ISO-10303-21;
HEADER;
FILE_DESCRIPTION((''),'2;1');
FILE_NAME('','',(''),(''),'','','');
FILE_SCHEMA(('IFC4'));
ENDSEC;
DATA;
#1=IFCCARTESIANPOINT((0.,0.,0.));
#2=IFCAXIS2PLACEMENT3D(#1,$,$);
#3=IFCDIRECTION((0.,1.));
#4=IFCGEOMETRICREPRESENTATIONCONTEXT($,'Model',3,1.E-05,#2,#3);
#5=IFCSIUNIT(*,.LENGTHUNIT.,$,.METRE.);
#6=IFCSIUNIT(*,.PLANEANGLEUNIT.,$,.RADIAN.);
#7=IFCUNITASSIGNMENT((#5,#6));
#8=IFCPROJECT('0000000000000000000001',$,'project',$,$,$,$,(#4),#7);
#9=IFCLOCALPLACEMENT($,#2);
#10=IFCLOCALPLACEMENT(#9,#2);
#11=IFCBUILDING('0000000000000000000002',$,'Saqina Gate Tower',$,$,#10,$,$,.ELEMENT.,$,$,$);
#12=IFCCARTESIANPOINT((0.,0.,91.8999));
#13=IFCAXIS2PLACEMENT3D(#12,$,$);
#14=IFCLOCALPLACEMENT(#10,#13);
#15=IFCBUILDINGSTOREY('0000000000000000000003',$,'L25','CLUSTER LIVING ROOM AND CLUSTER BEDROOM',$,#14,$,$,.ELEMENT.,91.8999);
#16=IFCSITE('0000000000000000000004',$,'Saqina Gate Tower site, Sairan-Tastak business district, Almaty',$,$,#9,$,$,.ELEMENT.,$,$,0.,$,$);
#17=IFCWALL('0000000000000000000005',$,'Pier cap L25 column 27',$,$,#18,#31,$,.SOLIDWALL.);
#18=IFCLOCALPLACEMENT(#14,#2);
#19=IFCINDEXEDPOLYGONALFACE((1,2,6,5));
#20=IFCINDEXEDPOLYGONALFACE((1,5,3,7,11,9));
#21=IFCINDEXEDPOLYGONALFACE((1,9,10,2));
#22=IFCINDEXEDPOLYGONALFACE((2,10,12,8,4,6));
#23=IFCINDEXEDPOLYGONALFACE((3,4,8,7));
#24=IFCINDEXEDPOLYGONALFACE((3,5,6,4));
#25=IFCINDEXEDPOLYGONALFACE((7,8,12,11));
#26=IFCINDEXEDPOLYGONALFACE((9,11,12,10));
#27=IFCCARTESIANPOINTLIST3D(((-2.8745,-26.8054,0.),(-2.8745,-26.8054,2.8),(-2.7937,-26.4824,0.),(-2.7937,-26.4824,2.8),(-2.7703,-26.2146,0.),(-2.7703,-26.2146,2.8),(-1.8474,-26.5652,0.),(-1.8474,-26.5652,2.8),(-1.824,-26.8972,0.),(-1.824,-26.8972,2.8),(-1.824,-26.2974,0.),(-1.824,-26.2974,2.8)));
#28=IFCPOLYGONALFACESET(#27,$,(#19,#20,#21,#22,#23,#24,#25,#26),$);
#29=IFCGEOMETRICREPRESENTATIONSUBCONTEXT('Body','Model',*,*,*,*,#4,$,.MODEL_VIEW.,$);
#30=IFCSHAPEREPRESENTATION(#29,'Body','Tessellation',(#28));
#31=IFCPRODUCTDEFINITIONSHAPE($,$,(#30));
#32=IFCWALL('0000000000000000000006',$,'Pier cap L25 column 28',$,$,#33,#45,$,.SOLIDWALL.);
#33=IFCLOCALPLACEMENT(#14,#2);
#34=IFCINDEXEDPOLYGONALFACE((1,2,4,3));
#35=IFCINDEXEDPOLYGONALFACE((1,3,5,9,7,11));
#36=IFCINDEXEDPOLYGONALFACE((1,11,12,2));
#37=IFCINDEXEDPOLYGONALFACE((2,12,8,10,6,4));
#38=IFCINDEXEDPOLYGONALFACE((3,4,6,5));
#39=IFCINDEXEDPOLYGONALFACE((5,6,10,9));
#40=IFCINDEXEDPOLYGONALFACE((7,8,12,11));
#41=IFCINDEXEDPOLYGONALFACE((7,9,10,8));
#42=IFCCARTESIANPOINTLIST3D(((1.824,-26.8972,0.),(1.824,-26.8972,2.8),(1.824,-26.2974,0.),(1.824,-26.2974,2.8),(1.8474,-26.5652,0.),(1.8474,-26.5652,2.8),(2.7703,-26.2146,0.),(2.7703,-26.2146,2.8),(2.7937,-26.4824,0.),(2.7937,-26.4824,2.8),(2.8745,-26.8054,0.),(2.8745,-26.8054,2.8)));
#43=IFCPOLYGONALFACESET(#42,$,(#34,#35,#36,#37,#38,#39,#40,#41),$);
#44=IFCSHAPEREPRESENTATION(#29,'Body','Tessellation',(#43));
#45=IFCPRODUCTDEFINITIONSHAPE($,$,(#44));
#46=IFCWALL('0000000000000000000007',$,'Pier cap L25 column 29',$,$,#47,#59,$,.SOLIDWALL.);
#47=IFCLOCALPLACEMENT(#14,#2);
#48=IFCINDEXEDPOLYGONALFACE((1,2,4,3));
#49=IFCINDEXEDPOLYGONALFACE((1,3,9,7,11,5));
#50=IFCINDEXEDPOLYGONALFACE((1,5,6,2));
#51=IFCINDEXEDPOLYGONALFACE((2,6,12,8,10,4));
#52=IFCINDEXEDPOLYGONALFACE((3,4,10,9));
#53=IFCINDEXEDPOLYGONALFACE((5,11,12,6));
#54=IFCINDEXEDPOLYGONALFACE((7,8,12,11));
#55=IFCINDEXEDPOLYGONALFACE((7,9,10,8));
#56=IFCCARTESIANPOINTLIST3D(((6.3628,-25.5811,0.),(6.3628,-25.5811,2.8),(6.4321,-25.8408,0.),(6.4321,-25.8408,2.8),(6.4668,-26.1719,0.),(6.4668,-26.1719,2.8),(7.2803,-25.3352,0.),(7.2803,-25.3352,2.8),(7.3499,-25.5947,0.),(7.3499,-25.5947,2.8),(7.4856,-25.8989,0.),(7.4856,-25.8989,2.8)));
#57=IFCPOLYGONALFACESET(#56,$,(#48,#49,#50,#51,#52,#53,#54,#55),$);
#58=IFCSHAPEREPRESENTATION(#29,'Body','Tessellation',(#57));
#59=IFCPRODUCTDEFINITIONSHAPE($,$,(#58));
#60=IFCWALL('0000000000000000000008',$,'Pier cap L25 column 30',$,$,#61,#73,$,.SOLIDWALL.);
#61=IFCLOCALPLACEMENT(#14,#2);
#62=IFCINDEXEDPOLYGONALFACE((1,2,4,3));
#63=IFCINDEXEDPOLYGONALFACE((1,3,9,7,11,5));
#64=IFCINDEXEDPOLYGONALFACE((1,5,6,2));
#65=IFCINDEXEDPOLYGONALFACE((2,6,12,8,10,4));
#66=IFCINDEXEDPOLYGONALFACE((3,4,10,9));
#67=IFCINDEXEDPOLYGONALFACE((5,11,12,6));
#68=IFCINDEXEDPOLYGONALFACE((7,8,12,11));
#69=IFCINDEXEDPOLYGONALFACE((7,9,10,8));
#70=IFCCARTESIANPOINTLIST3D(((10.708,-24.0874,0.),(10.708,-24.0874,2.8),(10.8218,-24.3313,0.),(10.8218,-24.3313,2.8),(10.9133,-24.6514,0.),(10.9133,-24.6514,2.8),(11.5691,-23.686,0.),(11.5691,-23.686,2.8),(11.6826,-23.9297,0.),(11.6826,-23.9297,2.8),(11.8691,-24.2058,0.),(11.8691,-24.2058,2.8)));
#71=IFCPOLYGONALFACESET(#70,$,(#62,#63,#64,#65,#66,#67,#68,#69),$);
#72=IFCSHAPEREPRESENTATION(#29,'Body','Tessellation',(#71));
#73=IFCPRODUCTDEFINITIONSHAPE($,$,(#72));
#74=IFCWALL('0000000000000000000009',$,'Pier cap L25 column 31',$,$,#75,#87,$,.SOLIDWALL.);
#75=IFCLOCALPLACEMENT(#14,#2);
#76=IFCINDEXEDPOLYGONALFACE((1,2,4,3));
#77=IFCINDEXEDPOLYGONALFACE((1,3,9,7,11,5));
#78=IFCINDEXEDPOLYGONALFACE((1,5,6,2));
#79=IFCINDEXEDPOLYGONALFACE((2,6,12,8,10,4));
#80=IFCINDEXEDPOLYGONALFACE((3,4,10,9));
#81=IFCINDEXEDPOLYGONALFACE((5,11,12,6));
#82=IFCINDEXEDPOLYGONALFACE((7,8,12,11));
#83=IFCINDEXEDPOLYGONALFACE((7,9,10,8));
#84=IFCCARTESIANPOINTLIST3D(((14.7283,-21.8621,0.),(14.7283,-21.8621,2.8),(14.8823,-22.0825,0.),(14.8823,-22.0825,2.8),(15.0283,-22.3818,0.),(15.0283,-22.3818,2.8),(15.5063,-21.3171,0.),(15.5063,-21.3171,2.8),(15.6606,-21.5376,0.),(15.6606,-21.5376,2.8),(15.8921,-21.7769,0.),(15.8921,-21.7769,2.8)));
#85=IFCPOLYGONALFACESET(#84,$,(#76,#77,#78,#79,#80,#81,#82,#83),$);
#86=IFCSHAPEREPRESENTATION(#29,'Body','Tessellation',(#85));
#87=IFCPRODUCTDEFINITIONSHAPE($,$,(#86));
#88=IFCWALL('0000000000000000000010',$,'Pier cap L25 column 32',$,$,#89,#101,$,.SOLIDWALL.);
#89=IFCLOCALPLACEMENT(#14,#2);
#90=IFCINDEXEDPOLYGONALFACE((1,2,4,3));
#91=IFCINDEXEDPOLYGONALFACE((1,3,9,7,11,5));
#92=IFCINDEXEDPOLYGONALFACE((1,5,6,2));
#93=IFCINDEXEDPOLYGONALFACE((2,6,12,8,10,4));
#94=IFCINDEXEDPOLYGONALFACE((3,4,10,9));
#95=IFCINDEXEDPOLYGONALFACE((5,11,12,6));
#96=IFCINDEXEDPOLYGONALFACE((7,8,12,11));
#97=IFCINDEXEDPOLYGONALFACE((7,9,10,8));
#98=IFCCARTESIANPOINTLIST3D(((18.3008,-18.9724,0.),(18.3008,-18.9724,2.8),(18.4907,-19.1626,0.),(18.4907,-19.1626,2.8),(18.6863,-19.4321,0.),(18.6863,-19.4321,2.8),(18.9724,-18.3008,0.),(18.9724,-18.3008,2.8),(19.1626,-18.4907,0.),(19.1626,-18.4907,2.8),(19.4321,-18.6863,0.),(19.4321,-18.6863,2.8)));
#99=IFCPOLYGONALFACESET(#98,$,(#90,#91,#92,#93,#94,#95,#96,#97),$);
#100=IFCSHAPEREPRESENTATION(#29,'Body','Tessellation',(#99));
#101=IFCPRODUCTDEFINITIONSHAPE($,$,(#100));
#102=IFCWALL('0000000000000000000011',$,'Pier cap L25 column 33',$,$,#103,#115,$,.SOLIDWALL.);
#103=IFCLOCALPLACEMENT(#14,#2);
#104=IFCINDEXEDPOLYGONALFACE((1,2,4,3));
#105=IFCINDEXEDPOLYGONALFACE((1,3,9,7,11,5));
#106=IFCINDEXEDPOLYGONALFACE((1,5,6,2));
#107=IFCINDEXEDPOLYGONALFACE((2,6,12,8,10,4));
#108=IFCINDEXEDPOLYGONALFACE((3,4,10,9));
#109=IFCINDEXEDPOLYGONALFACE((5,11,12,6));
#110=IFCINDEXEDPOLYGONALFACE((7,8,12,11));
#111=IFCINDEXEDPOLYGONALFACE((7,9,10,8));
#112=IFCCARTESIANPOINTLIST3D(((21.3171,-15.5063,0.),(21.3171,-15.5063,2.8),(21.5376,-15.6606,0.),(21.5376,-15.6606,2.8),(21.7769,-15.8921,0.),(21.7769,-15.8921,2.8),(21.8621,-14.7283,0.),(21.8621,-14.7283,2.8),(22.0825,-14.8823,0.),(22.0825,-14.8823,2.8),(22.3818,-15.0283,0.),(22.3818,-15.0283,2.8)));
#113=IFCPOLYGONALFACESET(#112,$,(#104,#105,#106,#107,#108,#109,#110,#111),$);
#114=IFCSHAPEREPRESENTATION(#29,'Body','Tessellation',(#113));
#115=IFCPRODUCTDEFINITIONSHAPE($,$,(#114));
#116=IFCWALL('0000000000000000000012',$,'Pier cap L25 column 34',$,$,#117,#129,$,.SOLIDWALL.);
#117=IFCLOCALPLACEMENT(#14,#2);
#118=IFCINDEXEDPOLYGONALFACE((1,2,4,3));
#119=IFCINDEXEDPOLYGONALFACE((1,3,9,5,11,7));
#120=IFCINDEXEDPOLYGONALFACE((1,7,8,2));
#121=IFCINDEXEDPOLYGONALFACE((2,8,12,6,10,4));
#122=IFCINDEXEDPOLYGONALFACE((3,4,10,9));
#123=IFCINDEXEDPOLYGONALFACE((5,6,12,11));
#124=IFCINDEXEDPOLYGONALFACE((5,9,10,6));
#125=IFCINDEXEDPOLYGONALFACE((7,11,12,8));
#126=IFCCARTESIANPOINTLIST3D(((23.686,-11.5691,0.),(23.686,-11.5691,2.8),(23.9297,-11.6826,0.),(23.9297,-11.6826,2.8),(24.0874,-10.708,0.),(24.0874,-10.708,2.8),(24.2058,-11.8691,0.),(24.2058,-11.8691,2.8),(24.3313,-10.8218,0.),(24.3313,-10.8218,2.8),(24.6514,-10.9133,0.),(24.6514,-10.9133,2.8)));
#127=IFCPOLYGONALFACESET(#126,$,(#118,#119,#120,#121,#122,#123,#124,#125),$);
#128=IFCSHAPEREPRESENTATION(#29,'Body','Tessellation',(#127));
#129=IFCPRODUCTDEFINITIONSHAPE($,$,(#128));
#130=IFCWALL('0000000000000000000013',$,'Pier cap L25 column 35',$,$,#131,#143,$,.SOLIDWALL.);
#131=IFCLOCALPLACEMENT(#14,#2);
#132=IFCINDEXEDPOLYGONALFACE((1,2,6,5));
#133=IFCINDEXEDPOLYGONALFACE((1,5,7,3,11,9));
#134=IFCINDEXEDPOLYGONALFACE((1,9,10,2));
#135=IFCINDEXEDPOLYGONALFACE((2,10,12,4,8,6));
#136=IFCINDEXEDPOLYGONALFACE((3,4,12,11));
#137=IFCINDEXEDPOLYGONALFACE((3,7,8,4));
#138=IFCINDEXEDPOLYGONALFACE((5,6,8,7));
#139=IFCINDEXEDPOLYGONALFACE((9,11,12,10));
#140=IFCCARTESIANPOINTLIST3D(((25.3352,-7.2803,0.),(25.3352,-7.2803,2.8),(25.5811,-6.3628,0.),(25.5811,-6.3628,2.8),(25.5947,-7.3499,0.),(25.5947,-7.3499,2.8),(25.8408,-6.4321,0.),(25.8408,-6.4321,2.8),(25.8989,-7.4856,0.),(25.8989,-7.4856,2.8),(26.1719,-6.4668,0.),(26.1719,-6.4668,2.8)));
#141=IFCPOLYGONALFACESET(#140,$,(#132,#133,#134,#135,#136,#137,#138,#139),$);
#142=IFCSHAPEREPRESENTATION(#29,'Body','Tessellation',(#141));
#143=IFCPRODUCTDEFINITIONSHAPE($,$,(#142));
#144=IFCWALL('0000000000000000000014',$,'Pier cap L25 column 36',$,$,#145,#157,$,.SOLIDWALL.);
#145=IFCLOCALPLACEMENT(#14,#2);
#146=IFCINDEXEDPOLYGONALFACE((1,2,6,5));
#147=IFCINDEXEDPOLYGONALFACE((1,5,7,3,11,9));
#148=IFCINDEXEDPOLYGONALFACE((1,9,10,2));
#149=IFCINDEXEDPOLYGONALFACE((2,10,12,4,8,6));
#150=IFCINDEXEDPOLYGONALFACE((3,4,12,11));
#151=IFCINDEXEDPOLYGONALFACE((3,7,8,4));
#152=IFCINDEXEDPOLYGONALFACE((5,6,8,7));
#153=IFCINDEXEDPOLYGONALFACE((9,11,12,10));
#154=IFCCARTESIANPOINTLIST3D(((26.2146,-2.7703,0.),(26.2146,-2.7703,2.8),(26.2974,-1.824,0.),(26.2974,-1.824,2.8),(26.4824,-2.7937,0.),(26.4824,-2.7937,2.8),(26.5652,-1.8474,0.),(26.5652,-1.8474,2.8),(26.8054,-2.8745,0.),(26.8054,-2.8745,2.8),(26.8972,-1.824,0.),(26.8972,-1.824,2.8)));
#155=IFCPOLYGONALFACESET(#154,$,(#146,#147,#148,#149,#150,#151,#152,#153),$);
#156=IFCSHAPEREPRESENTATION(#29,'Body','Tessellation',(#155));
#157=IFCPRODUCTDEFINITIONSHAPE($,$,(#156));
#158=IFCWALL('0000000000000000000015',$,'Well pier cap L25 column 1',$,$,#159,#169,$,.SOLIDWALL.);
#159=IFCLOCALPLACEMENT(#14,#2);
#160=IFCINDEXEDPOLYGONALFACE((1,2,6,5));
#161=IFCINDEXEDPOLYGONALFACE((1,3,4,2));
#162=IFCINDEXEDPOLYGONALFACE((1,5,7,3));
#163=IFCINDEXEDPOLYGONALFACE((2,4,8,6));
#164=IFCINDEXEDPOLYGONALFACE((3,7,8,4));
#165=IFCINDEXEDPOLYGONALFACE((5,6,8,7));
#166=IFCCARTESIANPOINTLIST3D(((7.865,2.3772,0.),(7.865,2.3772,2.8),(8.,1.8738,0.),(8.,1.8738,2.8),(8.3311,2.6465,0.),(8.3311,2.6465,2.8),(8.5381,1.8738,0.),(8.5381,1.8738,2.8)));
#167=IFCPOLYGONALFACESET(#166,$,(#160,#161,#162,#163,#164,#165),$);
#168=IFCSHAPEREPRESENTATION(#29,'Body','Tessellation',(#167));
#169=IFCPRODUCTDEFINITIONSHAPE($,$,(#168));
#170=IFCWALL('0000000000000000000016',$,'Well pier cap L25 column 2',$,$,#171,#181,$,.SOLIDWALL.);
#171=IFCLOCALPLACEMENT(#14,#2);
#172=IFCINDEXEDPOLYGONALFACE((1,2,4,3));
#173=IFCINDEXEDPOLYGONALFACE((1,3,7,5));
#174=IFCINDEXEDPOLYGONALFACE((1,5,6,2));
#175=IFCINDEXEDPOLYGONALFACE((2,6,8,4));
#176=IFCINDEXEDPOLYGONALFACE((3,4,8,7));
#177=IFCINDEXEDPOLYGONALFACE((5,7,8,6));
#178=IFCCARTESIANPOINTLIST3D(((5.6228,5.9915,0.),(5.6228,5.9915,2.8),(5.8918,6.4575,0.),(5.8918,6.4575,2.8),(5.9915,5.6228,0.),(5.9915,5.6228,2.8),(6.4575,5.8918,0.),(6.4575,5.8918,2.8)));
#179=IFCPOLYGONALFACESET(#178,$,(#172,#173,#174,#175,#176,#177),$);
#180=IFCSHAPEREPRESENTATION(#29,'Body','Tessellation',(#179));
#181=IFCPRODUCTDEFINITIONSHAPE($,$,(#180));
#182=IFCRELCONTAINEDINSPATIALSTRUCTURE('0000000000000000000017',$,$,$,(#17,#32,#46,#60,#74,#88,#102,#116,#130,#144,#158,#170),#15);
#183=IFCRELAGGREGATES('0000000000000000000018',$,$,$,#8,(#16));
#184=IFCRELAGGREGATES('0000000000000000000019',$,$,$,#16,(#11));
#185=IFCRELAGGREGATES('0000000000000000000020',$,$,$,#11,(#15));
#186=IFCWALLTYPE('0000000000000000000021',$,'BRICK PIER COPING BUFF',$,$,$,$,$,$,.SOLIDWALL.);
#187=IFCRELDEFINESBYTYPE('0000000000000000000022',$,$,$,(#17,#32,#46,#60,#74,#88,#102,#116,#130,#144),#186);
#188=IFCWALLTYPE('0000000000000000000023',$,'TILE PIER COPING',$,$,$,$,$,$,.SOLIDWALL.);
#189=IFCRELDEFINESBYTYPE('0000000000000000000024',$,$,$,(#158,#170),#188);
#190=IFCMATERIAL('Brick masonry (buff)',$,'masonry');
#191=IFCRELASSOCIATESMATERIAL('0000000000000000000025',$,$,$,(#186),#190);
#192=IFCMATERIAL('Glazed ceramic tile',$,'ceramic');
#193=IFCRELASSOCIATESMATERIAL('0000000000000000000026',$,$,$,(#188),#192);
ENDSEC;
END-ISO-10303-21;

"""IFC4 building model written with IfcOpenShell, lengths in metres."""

from ifc_helpers import new_model, si_unit, direction, frame, origin, place, context, subcontext, project, spatial, polyline, outline, extrude, material, type_object, element, save


model = new_model("IFC4")

# Units and contexts
model_context = context("Model", 3, precision=1e-05, world=origin(), true_north=direction((0.0, 1.0)))
body_context = subcontext(model_context, "Body", "Model", "MODEL_VIEW")
ifc_project = project(units=[si_unit("LENGTHUNIT", "METRE"), si_unit("PLANEANGLEUNIT", "RADIAN")], contexts=[model_context])

# Site, building, storey
site_placement = place(None, origin())
site = spatial("IfcSite", under=ifc_project, at=site_placement, Name="Saqina Gate Tower site, Sairan-Tastak business district, Almaty", CompositionType="ELEMENT", RefElevation=0.0)
building_placement = place(site_placement, origin())
building = spatial("IfcBuilding", under=site, at=building_placement, Name="Saqina Gate Tower", CompositionType="ELEMENT")
storey_placement = place(building_placement, frame((0.0, 0.0, 91.8999)))
storey = spatial("IfcBuildingStorey", under=building, at=storey_placement, Name="L25", Description="CLUSTER LIVING ROOM AND CLUSTER BEDROOM", CompositionType="ELEMENT", Elevation=91.8999)

# Walls
ifc_material_1 = material(Name="Brick masonry (buff)", Category="masonry")
wall_type_1 = type_object("IfcWallType", Name="BRICK PIER COPING BUFF", PredefinedType="SOLIDWALL", material=ifc_material_1)
wall_1_placement = place(storey_placement, origin())
element("IfcWall", 1, at=wall_1_placement, inside=storey, type_object=wall_type_1, Name="Pier cap L25 column 27", PredefinedType="SOLIDWALL", context=body_context, shape_type="SweptSolid", body=[
    extrude(outline(polyline([(-2.8745, -26.8054), (-1.824, -26.8972), (-1.824, -26.2974), (-1.8474, -26.5652), (-2.7937, -26.4824), (-2.7703, -26.2146), (-2.8745, -26.8054)])), origin(), (0.0, 0.0, 1.0), 2.8),
])
wall_2_placement = place(storey_placement, origin())
element("IfcWall", 2, at=wall_2_placement, inside=storey, type_object=wall_type_1, Name="Pier cap L25 column 28", PredefinedType="SOLIDWALL", context=body_context, shape_type="SweptSolid", body=[
    extrude(outline(polyline([(2.8745, -26.8054), (2.7703, -26.2146), (2.7937, -26.4824), (1.8474, -26.5652), (1.824, -26.2974), (1.824, -26.8972), (2.8745, -26.8054)])), origin(), (0.0, 0.0, 1.0), 2.8),
])
wall_3_placement = place(storey_placement, origin())
element("IfcWall", 3, at=wall_3_placement, inside=storey, type_object=wall_type_1, Name="Pier cap L25 column 29", PredefinedType="SOLIDWALL", context=body_context, shape_type="SweptSolid", body=[
    extrude(outline(polyline([(6.4668, -26.1719), (7.4856, -25.8989), (7.2803, -25.3352), (7.3499, -25.5947), (6.4321, -25.8408), (6.3628, -25.5811), (6.4668, -26.1719)])), origin(), (0.0, 0.0, 1.0), 2.8),
])
wall_4_placement = place(storey_placement, origin())
element("IfcWall", 4, at=wall_4_placement, inside=storey, type_object=wall_type_1, Name="Pier cap L25 column 30", PredefinedType="SOLIDWALL", context=body_context, shape_type="SweptSolid", body=[
    extrude(outline(polyline([(10.9133, -24.6514), (11.8691, -24.2058), (11.5691, -23.686), (11.6826, -23.9297), (10.8218, -24.3313), (10.708, -24.0874), (10.9133, -24.6514)])), origin(), (0.0, 0.0, 1.0), 2.8),
])
wall_5_placement = place(storey_placement, origin())
element("IfcWall", 5, at=wall_5_placement, inside=storey, type_object=wall_type_1, Name="Pier cap L25 column 31", PredefinedType="SOLIDWALL", context=body_context, shape_type="SweptSolid", body=[
    extrude(outline(polyline([(15.8921, -21.7769), (15.5063, -21.3171), (15.6606, -21.5376), (14.8823, -22.0825), (14.7283, -21.8621), (15.0283, -22.3818), (15.8921, -21.7769)])), origin(), (0.0, 0.0, 1.0), 2.8),
])
wall_6_placement = place(storey_placement, origin())
element("IfcWall", 6, at=wall_6_placement, inside=storey, type_object=wall_type_1, Name="Pier cap L25 column 32", PredefinedType="SOLIDWALL", context=body_context, shape_type="SweptSolid", body=[
    extrude(outline(polyline([(18.6863, -19.4321), (19.4321, -18.6863), (18.9724, -18.3008), (19.1626, -18.4907), (18.4907, -19.1626), (18.3008, -18.9724), (18.6863, -19.4321)])), origin(), (0.0, 0.0, 1.0), 2.8),
])
wall_7_placement = place(storey_placement, origin())
element("IfcWall", 7, at=wall_7_placement, inside=storey, type_object=wall_type_1, Name="Pier cap L25 column 33", PredefinedType="SOLIDWALL", context=body_context, shape_type="SweptSolid", body=[
    extrude(outline(polyline([(22.3818, -15.0283), (21.8621, -14.7283), (22.0825, -14.8823), (21.5376, -15.6606), (21.3171, -15.5063), (21.7769, -15.8921), (22.3818, -15.0283)])), origin(), (0.0, 0.0, 1.0), 2.8),
])
wall_8_placement = place(storey_placement, origin())
element("IfcWall", 8, at=wall_8_placement, inside=storey, type_object=wall_type_1, Name="Pier cap L25 column 34", PredefinedType="SOLIDWALL", context=body_context, shape_type="SweptSolid", body=[
    extrude(outline(polyline([(24.6514, -10.9133), (24.0874, -10.708), (24.3313, -10.8218), (23.9297, -11.6826), (23.686, -11.5691), (24.2058, -11.8691), (24.6514, -10.9133)])), origin(), (0.0, 0.0, 1.0), 2.8),
])
wall_9_placement = place(storey_placement, origin())
element("IfcWall", 9, at=wall_9_placement, inside=storey, type_object=wall_type_1, Name="Pier cap L25 column 35", PredefinedType="SOLIDWALL", context=body_context, shape_type="SweptSolid", body=[
    extrude(outline(polyline([(25.8989, -7.4856), (26.1719, -6.4668), (25.5811, -6.3628), (25.8408, -6.4321), (25.5947, -7.3499), (25.3352, -7.2803), (25.8989, -7.4856)])), origin(), (0.0, 0.0, 1.0), 2.8),
])
wall_10_placement = place(storey_placement, origin())
element("IfcWall", 10, at=wall_10_placement, inside=storey, type_object=wall_type_1, Name="Pier cap L25 column 36", PredefinedType="SOLIDWALL", context=body_context, shape_type="SweptSolid", body=[
    extrude(outline(polyline([(26.8054, -2.8745), (26.8972, -1.824), (26.2974, -1.824), (26.5652, -1.8474), (26.4824, -2.7937), (26.2146, -2.7703), (26.8054, -2.8745)])), origin(), (0.0, 0.0, 1.0), 2.8),
])
ifc_material_2 = material(Name="Glazed ceramic tile", Category="ceramic")
wall_type_2 = type_object("IfcWallType", Name="TILE PIER COPING", PredefinedType="SOLIDWALL", material=ifc_material_2)
wall_11_placement = place(storey_placement, origin())
element("IfcWall", 11, at=wall_11_placement, inside=storey, type_object=wall_type_2, Name="Well pier cap L25 column 1", PredefinedType="SOLIDWALL", context=body_context, shape_type="SweptSolid", body=[
    extrude(outline(polyline([(8.3311, 2.6465), (7.865, 2.3772), (8.0, 1.8738), (8.5381, 1.8738), (8.3311, 2.6465)])), origin(), (0.0, 0.0, 1.0), 2.8),
])
wall_12_placement = place(storey_placement, origin())
element("IfcWall", 12, at=wall_12_placement, inside=storey, type_object=wall_type_2, Name="Well pier cap L25 column 2", PredefinedType="SOLIDWALL", context=body_context, shape_type="SweptSolid", body=[
    extrude(outline(polyline([(5.8918, 6.4575), (5.6228, 5.9915), (5.9915, 5.6228), (6.4575, 5.8918), (5.8918, 6.4575)])), origin(), (0.0, 0.0, 1.0), 2.8),
])

save(model, "model.ifc")
